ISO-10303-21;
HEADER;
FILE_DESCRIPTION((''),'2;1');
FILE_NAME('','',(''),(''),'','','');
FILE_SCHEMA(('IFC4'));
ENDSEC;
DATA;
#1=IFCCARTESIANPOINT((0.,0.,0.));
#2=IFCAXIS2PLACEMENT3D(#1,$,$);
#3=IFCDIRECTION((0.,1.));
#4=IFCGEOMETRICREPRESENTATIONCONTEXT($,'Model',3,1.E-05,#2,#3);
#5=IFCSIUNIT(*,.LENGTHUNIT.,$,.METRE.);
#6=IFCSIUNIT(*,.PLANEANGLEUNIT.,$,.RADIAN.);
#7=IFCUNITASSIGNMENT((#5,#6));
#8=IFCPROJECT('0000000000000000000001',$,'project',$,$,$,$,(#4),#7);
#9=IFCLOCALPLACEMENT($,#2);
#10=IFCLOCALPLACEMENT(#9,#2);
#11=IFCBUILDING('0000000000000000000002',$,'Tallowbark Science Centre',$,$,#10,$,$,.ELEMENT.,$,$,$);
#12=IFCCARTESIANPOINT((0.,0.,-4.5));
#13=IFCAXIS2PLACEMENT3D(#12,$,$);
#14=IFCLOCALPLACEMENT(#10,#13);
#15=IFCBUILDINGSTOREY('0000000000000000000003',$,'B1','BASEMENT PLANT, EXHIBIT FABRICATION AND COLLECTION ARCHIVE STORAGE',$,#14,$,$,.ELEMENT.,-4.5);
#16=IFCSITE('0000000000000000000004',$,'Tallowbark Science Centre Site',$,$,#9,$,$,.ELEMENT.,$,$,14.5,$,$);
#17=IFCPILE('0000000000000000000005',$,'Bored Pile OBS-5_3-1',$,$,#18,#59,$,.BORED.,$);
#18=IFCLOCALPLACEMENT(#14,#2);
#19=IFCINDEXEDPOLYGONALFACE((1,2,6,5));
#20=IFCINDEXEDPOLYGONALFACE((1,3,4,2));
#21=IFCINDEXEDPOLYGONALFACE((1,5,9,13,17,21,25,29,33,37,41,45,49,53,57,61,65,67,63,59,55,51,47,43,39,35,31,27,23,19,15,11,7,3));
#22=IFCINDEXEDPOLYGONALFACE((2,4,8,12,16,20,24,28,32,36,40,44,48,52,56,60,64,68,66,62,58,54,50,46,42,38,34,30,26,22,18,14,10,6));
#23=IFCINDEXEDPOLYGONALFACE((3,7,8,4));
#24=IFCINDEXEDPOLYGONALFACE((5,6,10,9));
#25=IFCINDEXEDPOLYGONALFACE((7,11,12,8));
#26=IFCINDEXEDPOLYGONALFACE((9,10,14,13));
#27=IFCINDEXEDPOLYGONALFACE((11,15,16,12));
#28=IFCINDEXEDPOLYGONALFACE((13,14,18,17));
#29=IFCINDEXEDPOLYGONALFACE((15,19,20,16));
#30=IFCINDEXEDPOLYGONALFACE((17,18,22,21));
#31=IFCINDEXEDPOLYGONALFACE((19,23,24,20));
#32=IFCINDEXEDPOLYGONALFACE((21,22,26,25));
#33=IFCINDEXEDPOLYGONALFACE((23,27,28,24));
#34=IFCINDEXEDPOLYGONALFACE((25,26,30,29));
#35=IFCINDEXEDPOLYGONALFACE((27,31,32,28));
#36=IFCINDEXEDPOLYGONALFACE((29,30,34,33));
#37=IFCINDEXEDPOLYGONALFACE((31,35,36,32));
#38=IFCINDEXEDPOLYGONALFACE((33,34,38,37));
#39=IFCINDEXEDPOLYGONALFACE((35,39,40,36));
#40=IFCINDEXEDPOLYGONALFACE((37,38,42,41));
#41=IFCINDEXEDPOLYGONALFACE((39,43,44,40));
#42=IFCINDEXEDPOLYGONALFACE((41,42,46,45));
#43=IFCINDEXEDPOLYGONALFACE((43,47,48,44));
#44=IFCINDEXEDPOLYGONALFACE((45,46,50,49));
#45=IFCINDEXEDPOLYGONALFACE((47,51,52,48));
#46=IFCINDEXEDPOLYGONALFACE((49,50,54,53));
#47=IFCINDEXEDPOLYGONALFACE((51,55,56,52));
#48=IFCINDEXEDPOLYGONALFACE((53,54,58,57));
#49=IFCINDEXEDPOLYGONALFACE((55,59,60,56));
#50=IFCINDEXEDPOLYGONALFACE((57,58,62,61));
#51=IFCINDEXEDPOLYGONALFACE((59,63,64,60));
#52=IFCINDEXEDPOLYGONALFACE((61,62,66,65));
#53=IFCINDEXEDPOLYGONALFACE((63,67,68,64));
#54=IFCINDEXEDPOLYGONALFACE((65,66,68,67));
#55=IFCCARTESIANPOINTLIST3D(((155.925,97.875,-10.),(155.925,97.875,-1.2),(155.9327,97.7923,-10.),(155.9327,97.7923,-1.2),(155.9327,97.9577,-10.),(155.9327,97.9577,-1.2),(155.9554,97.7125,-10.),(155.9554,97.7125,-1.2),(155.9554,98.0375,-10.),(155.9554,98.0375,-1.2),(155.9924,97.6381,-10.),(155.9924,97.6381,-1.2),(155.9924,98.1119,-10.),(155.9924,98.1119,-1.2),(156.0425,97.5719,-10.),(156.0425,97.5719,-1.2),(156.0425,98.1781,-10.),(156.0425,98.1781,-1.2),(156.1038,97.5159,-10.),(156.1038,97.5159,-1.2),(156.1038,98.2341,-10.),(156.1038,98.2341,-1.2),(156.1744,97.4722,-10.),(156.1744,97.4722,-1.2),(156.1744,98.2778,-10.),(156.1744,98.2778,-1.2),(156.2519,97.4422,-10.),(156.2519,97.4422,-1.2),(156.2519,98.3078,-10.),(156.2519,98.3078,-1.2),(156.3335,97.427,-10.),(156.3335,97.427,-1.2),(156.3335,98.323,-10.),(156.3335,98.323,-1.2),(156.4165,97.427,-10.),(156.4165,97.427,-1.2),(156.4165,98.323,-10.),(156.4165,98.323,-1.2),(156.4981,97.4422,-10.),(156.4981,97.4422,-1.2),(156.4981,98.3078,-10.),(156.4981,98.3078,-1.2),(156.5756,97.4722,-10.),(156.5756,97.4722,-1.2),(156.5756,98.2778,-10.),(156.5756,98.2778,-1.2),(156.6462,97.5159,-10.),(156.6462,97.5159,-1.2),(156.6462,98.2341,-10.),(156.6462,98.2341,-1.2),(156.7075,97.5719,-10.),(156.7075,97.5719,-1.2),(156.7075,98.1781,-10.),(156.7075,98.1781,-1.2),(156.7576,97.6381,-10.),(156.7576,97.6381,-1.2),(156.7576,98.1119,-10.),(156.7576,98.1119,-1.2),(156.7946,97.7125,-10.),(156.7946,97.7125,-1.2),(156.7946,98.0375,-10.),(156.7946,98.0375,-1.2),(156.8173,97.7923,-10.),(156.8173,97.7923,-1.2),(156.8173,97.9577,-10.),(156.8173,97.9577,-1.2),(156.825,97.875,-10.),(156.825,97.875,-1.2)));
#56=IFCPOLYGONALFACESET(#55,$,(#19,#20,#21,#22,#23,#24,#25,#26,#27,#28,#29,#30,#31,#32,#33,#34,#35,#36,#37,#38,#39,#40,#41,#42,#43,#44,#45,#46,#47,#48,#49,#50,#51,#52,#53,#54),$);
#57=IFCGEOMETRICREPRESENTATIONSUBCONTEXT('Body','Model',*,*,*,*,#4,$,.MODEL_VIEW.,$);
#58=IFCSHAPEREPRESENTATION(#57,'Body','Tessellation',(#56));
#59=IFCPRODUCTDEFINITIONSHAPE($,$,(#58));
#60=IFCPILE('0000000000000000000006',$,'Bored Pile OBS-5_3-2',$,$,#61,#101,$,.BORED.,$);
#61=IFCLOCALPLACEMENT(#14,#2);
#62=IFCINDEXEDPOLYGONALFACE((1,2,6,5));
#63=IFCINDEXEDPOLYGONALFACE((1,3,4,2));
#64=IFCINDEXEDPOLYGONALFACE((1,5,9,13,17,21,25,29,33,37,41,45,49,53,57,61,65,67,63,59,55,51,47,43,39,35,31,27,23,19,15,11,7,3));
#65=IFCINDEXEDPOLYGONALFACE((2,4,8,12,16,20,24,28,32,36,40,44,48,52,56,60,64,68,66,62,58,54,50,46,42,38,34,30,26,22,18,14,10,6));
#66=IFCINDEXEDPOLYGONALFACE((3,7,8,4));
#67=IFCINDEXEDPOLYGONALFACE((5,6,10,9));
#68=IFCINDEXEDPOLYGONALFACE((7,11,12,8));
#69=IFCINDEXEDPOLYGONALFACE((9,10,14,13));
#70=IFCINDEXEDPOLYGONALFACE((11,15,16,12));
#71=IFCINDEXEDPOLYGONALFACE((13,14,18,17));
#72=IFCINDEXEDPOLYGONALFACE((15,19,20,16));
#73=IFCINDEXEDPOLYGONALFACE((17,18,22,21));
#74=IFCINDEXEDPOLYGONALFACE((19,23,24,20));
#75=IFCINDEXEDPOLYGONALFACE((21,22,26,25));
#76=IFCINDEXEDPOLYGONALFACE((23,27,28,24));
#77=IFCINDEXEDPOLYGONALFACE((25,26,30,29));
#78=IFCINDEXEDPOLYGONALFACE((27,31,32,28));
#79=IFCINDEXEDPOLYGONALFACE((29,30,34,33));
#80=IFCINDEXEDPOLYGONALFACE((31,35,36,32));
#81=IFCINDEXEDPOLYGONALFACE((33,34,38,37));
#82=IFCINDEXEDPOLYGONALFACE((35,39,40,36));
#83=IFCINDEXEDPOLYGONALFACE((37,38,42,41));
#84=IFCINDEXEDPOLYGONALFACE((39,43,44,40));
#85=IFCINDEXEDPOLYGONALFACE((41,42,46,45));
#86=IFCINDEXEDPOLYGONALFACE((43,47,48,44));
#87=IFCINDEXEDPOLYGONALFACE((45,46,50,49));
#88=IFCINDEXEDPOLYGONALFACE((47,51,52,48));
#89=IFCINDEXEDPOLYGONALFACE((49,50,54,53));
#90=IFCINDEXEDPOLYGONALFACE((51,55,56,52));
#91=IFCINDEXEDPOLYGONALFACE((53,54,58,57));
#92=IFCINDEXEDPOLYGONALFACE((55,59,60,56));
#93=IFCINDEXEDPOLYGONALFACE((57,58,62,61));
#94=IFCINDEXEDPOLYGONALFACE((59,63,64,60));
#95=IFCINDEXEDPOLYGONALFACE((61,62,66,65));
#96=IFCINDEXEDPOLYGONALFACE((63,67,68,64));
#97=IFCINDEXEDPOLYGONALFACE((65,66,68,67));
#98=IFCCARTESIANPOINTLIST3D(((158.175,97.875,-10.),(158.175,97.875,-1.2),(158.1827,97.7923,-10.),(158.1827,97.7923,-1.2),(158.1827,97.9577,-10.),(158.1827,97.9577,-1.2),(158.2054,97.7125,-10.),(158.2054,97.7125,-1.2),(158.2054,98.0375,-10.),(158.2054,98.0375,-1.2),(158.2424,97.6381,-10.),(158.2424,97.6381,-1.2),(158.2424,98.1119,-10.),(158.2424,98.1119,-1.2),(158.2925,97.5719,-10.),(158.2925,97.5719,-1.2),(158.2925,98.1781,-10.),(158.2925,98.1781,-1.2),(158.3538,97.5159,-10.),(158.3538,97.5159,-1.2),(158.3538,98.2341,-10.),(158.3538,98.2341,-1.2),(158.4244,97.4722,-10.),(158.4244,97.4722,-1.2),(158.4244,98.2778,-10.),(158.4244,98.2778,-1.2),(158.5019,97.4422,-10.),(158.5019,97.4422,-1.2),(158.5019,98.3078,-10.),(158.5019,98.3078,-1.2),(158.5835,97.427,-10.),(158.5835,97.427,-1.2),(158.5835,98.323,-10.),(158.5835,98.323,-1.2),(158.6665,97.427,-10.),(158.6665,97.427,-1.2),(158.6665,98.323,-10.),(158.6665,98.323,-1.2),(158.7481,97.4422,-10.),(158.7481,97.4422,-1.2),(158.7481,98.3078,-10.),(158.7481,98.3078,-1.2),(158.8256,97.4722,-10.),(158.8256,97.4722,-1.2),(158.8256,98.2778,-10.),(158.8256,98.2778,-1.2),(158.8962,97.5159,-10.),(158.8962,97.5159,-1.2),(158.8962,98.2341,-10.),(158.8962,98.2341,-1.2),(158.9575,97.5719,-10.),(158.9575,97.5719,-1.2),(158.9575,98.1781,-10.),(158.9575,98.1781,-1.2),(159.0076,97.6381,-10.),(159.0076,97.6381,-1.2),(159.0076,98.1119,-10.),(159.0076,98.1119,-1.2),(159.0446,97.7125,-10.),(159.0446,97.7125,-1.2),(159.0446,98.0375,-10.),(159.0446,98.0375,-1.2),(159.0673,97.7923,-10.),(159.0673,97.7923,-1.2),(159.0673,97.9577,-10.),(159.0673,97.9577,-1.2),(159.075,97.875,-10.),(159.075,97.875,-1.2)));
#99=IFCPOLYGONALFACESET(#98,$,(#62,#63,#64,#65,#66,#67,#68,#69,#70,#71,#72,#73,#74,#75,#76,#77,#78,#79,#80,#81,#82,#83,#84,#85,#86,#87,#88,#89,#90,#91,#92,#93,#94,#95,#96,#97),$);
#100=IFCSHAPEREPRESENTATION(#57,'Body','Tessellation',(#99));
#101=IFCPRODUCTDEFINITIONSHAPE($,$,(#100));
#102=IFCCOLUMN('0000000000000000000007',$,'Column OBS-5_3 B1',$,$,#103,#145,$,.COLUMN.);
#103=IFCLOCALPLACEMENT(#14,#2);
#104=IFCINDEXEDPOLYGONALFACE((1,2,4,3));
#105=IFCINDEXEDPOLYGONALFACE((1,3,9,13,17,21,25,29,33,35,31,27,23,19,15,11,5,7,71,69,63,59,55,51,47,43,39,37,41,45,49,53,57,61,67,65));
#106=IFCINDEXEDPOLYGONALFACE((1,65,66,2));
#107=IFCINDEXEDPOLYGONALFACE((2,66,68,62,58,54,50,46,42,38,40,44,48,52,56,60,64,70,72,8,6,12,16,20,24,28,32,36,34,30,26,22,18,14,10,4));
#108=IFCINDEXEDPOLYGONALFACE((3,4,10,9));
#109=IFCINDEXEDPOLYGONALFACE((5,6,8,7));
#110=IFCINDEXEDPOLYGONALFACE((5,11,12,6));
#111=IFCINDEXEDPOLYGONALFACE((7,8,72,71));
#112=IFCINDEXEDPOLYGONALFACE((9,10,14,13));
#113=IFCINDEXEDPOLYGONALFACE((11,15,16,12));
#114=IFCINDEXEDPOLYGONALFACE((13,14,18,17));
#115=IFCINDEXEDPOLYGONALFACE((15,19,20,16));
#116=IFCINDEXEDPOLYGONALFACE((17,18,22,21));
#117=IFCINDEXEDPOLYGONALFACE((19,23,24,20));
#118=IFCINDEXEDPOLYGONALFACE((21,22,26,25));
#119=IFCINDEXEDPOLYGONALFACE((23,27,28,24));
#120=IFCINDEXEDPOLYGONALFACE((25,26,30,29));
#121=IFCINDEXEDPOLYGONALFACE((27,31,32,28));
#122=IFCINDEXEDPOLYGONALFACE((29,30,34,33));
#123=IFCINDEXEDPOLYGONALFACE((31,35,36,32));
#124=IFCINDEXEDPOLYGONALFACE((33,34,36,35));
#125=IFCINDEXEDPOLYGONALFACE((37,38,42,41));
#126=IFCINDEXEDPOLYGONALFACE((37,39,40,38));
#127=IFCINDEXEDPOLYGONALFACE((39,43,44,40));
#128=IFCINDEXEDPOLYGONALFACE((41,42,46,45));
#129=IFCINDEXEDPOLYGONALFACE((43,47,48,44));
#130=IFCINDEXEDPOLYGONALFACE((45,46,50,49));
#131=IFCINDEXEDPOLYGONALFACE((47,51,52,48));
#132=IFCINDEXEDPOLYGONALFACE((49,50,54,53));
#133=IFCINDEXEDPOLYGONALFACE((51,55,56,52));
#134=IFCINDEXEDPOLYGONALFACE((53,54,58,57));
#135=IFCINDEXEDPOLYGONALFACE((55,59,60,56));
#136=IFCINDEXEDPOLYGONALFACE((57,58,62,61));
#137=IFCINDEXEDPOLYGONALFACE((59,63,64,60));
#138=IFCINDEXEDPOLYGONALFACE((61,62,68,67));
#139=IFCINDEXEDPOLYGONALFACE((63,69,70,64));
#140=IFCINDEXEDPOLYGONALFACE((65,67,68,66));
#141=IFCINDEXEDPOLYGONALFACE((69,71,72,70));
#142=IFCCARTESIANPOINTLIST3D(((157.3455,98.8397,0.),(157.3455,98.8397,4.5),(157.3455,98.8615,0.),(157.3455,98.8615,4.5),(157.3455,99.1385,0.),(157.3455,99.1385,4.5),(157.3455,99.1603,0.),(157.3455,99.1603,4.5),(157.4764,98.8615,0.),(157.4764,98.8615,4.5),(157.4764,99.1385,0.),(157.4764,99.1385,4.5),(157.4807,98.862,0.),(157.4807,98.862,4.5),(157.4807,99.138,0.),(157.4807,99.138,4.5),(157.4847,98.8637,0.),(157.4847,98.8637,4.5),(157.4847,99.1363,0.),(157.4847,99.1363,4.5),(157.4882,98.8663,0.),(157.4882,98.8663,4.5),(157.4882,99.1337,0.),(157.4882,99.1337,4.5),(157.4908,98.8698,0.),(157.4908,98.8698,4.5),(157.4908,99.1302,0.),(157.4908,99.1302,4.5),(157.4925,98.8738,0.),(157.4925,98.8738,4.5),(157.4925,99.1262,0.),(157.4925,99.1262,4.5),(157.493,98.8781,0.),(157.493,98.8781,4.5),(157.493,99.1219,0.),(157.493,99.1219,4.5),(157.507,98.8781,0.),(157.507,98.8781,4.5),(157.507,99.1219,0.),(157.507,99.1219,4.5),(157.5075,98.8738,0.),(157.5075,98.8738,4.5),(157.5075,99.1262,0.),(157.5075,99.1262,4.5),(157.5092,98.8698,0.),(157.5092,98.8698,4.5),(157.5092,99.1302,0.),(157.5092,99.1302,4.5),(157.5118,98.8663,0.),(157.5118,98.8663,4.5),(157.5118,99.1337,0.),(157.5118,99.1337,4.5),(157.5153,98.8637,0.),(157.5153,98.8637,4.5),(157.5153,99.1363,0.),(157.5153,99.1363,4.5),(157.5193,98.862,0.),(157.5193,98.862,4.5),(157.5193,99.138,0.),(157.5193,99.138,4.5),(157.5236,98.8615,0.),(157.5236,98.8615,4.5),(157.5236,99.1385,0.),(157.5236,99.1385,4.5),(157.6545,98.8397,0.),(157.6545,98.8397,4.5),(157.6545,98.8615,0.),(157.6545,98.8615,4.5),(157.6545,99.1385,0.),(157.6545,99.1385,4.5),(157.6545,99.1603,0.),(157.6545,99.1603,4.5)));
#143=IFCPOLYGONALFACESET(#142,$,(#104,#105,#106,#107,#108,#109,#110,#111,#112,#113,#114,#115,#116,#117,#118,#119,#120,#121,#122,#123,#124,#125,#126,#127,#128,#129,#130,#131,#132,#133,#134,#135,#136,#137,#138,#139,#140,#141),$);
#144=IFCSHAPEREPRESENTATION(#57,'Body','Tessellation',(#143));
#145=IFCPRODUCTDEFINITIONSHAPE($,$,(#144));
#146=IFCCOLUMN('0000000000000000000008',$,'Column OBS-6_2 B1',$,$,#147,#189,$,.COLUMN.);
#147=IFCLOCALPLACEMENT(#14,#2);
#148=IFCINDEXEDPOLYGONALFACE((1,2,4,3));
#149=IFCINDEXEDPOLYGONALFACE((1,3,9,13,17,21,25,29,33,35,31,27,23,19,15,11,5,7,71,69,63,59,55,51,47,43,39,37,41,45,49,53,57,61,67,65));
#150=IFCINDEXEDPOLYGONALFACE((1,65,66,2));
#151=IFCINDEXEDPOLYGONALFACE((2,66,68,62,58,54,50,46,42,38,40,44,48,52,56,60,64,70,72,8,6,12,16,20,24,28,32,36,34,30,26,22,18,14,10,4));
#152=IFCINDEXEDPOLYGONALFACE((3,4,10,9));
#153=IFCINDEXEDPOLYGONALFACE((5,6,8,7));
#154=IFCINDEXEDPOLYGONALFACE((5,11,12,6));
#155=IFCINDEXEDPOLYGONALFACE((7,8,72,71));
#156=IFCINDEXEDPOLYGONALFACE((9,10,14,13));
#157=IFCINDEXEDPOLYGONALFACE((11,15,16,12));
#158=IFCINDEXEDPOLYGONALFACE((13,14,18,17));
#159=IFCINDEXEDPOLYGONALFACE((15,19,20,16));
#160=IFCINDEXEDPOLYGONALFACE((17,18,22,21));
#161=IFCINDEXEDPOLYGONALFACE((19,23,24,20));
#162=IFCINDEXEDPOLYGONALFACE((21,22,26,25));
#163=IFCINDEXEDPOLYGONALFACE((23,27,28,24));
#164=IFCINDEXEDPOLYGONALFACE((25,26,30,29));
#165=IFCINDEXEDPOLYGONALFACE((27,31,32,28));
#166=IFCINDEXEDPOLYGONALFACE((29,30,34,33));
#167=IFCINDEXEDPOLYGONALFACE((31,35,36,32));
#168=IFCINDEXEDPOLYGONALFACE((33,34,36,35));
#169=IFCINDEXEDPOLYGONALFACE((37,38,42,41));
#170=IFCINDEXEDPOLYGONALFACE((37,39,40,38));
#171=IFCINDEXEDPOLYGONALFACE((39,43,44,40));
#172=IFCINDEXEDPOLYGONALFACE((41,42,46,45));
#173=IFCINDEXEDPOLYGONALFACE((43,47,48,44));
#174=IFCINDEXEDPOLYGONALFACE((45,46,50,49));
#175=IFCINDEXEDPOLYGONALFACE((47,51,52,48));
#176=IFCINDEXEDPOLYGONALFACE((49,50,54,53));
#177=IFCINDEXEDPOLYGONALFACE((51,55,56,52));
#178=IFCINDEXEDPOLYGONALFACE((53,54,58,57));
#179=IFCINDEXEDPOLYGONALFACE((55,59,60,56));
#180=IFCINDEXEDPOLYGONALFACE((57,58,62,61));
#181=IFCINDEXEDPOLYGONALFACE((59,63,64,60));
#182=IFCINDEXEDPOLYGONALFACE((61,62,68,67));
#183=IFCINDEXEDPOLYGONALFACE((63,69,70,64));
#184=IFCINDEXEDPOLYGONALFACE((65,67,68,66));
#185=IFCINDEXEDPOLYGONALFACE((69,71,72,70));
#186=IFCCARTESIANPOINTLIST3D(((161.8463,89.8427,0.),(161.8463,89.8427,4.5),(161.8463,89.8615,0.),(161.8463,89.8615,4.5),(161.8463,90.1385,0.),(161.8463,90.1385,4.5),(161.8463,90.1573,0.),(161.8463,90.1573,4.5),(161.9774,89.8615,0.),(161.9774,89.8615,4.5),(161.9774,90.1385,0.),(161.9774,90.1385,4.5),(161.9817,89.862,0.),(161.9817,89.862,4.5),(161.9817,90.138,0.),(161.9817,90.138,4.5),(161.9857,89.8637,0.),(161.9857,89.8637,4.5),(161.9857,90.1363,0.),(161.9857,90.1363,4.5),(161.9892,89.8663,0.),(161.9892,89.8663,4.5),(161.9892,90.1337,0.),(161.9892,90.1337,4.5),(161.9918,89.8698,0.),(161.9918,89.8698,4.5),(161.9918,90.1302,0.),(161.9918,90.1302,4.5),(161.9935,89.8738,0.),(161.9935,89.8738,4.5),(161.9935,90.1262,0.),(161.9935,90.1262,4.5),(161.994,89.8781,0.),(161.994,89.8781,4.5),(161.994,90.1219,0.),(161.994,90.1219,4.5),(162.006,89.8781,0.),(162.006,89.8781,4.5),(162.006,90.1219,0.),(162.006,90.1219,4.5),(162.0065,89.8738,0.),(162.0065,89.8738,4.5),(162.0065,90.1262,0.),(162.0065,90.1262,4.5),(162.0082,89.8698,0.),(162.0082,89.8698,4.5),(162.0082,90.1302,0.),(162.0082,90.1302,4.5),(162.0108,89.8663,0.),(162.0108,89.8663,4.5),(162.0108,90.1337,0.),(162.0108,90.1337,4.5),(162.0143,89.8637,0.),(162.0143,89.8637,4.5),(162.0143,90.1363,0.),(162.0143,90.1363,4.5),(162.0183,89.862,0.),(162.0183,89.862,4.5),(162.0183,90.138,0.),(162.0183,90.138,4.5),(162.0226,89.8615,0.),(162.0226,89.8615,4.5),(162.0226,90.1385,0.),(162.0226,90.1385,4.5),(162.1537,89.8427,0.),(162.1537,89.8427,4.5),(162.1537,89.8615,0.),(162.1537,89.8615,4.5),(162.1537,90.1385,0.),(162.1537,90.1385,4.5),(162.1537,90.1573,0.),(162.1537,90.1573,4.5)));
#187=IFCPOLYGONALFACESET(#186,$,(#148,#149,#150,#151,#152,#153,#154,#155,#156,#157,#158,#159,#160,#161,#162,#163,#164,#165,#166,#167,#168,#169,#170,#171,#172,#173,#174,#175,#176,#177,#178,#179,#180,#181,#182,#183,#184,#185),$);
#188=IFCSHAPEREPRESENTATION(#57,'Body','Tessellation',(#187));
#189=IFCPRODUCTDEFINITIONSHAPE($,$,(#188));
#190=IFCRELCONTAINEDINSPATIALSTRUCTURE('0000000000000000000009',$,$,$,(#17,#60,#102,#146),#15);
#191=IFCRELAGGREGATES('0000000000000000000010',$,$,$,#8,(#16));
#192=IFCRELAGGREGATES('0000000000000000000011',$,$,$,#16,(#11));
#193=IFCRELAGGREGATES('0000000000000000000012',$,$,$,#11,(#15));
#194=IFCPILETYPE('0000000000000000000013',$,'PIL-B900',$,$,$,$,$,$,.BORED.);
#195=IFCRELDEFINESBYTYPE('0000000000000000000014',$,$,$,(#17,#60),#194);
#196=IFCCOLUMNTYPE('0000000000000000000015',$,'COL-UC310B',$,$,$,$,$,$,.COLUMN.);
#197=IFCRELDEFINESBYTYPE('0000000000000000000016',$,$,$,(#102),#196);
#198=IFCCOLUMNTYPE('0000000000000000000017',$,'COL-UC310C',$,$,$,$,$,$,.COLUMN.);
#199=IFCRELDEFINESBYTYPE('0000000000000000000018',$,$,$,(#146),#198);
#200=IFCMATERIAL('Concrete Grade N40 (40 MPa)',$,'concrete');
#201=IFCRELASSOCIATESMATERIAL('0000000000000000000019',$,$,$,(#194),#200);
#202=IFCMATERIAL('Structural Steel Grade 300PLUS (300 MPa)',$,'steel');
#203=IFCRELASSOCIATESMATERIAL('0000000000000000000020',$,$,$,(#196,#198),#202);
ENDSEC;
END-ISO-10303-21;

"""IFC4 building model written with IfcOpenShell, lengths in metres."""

from ifc_helpers import new_model, si_unit, direction, frame, origin, origin_2d, place, context, subcontext, project, spatial, circle, i_section, extrude, material, material_profile, profile_set, type_object, element, save


model = new_model("IFC4")

# Units and contexts
model_context = context("Model", 3, precision=1e-05, world=origin(), true_north=direction((0.0, 1.0)))
body_context = subcontext(model_context, "Body", "Model", "MODEL_VIEW")
ifc_project = project(units=[si_unit("LENGTHUNIT", "METRE"), si_unit("PLANEANGLEUNIT", "RADIAN")], contexts=[model_context])

# Site, building, storey
site_placement = place(None, origin())
site = spatial("IfcSite", under=ifc_project, at=site_placement, Name="Tallowbark Science Centre Site", CompositionType="ELEMENT", RefElevation=14.5)
building_placement = place(site_placement, origin())
building = spatial("IfcBuilding", under=site, at=building_placement, Name="Tallowbark Science Centre", CompositionType="ELEMENT")
storey_placement = place(building_placement, frame((0.0, 0.0, -4.5)))
storey = spatial("IfcBuildingStorey", under=building, at=storey_placement, Name="B1", Description="BASEMENT PLANT, EXHIBIT FABRICATION AND COLLECTION ARCHIVE STORAGE", CompositionType="ELEMENT", Elevation=-4.5)

# Shared definitions
ifc_material_1 = material(Name="Concrete Grade N40 (40 MPa)", Category="concrete")

# Piles
ifc_material_profile_1 = material_profile(ifc_material_1, circle(Radius=0.45, at=origin_2d()), Name="PILE900")
ifc_profile_set_1 = profile_set([ifc_material_profile_1], Name="Concrete Grade N40 (40 MPa)")
pile_type_1 = type_object("IfcPileType", Name="PIL-B900", PredefinedType="BORED", material=ifc_profile_set_1)
for number, where, z_axis, x_axis, name in (
    (1, (156.375, 97.875, -1.2), (0.0, 0.0, -1.0), (1.0, 0.0, 0.0), "Bored Pile OBS-5_3-1"),
    (2, (158.625, 97.875, -1.2), (0.0, 0.0, -1.0), (1.0, 0.0, 0.0), "Bored Pile OBS-5_3-2"),
):
    element("IfcPile", number, at=place(storey_placement, frame(where, z_axis=z_axis, x_axis=x_axis)), inside=storey, type_object=pile_type_1, Name=name, PredefinedType="BORED", context=body_context, shape_type="SweptSolid", body=[
        extrude(circle(Radius=0.45, at=origin_2d()), origin(), (0.0, 0.0, 1.0), 8.8),
    ])

# Columns
ifc_material_2 = material(Name="Structural Steel Grade 300PLUS (300 MPa)", Category="steel")
ifc_material_profile_2 = material_profile(ifc_material_2, i_section(OverallWidth=0.3091, OverallDepth=0.3206, WebThickness=0.0139, FlangeThickness=0.0217, FilletRadius=0.0166, at=origin_2d()), Name="310UC137")
ifc_profile_set_2 = profile_set([ifc_material_profile_2], Name="Structural Steel Grade 300PLUS (300 MPa)")
column_type_1 = type_object("IfcColumnType", Name="COL-UC310B", PredefinedType="COLUMN", material=ifc_profile_set_2)
column_1_placement = place(storey_placement, frame((157.5, 99.0, 0.0), z_axis=(0.0, 0.0, 1.0), x_axis=(1.0, 0.0, 0.0)))
element("IfcColumn", 3, at=column_1_placement, inside=storey, type_object=column_type_1, Name="Column OBS-5_3 B1", PredefinedType="COLUMN", context=body_context, shape_type="SweptSolid", body=[
    extrude(i_section(OverallWidth=0.3091, OverallDepth=0.3206, WebThickness=0.0139, FlangeThickness=0.0217, FilletRadius=0.0166, at=origin_2d()), origin(), (0.0, 0.0, 1.0), 4.5),
])
ifc_material_profile_3 = material_profile(ifc_material_2, i_section(OverallWidth=0.3074, OverallDepth=0.3147, WebThickness=0.012, FlangeThickness=0.0188, FilletRadius=0.0166, at=origin_2d()), Name="310UC118")
ifc_profile_set_3 = profile_set([ifc_material_profile_3], Name="Structural Steel Grade 300PLUS (300 MPa)")
column_type_2 = type_object("IfcColumnType", Name="COL-UC310C", PredefinedType="COLUMN", material=ifc_profile_set_3)
for number, where, z_axis, x_axis, name in (
    (4, (162.0, 90.0, 0.0), (0.0, 0.0, 1.0), (1.0, 0.0, 0.0), "Column OBS-6_2 B1"),
):
    element("IfcColumn", number, at=place(storey_placement, frame(where, z_axis=z_axis, x_axis=x_axis)), inside=storey, type_object=column_type_2, Name=name, PredefinedType="COLUMN", context=body_context, shape_type="SweptSolid", body=[
        extrude(i_section(OverallWidth=0.3074, OverallDepth=0.3147, WebThickness=0.012, FlangeThickness=0.0188, FilletRadius=0.0166, at=origin_2d()), origin(), (0.0, 0.0, 1.0), 4.5),
    ])

save(model, "model.ifc")
